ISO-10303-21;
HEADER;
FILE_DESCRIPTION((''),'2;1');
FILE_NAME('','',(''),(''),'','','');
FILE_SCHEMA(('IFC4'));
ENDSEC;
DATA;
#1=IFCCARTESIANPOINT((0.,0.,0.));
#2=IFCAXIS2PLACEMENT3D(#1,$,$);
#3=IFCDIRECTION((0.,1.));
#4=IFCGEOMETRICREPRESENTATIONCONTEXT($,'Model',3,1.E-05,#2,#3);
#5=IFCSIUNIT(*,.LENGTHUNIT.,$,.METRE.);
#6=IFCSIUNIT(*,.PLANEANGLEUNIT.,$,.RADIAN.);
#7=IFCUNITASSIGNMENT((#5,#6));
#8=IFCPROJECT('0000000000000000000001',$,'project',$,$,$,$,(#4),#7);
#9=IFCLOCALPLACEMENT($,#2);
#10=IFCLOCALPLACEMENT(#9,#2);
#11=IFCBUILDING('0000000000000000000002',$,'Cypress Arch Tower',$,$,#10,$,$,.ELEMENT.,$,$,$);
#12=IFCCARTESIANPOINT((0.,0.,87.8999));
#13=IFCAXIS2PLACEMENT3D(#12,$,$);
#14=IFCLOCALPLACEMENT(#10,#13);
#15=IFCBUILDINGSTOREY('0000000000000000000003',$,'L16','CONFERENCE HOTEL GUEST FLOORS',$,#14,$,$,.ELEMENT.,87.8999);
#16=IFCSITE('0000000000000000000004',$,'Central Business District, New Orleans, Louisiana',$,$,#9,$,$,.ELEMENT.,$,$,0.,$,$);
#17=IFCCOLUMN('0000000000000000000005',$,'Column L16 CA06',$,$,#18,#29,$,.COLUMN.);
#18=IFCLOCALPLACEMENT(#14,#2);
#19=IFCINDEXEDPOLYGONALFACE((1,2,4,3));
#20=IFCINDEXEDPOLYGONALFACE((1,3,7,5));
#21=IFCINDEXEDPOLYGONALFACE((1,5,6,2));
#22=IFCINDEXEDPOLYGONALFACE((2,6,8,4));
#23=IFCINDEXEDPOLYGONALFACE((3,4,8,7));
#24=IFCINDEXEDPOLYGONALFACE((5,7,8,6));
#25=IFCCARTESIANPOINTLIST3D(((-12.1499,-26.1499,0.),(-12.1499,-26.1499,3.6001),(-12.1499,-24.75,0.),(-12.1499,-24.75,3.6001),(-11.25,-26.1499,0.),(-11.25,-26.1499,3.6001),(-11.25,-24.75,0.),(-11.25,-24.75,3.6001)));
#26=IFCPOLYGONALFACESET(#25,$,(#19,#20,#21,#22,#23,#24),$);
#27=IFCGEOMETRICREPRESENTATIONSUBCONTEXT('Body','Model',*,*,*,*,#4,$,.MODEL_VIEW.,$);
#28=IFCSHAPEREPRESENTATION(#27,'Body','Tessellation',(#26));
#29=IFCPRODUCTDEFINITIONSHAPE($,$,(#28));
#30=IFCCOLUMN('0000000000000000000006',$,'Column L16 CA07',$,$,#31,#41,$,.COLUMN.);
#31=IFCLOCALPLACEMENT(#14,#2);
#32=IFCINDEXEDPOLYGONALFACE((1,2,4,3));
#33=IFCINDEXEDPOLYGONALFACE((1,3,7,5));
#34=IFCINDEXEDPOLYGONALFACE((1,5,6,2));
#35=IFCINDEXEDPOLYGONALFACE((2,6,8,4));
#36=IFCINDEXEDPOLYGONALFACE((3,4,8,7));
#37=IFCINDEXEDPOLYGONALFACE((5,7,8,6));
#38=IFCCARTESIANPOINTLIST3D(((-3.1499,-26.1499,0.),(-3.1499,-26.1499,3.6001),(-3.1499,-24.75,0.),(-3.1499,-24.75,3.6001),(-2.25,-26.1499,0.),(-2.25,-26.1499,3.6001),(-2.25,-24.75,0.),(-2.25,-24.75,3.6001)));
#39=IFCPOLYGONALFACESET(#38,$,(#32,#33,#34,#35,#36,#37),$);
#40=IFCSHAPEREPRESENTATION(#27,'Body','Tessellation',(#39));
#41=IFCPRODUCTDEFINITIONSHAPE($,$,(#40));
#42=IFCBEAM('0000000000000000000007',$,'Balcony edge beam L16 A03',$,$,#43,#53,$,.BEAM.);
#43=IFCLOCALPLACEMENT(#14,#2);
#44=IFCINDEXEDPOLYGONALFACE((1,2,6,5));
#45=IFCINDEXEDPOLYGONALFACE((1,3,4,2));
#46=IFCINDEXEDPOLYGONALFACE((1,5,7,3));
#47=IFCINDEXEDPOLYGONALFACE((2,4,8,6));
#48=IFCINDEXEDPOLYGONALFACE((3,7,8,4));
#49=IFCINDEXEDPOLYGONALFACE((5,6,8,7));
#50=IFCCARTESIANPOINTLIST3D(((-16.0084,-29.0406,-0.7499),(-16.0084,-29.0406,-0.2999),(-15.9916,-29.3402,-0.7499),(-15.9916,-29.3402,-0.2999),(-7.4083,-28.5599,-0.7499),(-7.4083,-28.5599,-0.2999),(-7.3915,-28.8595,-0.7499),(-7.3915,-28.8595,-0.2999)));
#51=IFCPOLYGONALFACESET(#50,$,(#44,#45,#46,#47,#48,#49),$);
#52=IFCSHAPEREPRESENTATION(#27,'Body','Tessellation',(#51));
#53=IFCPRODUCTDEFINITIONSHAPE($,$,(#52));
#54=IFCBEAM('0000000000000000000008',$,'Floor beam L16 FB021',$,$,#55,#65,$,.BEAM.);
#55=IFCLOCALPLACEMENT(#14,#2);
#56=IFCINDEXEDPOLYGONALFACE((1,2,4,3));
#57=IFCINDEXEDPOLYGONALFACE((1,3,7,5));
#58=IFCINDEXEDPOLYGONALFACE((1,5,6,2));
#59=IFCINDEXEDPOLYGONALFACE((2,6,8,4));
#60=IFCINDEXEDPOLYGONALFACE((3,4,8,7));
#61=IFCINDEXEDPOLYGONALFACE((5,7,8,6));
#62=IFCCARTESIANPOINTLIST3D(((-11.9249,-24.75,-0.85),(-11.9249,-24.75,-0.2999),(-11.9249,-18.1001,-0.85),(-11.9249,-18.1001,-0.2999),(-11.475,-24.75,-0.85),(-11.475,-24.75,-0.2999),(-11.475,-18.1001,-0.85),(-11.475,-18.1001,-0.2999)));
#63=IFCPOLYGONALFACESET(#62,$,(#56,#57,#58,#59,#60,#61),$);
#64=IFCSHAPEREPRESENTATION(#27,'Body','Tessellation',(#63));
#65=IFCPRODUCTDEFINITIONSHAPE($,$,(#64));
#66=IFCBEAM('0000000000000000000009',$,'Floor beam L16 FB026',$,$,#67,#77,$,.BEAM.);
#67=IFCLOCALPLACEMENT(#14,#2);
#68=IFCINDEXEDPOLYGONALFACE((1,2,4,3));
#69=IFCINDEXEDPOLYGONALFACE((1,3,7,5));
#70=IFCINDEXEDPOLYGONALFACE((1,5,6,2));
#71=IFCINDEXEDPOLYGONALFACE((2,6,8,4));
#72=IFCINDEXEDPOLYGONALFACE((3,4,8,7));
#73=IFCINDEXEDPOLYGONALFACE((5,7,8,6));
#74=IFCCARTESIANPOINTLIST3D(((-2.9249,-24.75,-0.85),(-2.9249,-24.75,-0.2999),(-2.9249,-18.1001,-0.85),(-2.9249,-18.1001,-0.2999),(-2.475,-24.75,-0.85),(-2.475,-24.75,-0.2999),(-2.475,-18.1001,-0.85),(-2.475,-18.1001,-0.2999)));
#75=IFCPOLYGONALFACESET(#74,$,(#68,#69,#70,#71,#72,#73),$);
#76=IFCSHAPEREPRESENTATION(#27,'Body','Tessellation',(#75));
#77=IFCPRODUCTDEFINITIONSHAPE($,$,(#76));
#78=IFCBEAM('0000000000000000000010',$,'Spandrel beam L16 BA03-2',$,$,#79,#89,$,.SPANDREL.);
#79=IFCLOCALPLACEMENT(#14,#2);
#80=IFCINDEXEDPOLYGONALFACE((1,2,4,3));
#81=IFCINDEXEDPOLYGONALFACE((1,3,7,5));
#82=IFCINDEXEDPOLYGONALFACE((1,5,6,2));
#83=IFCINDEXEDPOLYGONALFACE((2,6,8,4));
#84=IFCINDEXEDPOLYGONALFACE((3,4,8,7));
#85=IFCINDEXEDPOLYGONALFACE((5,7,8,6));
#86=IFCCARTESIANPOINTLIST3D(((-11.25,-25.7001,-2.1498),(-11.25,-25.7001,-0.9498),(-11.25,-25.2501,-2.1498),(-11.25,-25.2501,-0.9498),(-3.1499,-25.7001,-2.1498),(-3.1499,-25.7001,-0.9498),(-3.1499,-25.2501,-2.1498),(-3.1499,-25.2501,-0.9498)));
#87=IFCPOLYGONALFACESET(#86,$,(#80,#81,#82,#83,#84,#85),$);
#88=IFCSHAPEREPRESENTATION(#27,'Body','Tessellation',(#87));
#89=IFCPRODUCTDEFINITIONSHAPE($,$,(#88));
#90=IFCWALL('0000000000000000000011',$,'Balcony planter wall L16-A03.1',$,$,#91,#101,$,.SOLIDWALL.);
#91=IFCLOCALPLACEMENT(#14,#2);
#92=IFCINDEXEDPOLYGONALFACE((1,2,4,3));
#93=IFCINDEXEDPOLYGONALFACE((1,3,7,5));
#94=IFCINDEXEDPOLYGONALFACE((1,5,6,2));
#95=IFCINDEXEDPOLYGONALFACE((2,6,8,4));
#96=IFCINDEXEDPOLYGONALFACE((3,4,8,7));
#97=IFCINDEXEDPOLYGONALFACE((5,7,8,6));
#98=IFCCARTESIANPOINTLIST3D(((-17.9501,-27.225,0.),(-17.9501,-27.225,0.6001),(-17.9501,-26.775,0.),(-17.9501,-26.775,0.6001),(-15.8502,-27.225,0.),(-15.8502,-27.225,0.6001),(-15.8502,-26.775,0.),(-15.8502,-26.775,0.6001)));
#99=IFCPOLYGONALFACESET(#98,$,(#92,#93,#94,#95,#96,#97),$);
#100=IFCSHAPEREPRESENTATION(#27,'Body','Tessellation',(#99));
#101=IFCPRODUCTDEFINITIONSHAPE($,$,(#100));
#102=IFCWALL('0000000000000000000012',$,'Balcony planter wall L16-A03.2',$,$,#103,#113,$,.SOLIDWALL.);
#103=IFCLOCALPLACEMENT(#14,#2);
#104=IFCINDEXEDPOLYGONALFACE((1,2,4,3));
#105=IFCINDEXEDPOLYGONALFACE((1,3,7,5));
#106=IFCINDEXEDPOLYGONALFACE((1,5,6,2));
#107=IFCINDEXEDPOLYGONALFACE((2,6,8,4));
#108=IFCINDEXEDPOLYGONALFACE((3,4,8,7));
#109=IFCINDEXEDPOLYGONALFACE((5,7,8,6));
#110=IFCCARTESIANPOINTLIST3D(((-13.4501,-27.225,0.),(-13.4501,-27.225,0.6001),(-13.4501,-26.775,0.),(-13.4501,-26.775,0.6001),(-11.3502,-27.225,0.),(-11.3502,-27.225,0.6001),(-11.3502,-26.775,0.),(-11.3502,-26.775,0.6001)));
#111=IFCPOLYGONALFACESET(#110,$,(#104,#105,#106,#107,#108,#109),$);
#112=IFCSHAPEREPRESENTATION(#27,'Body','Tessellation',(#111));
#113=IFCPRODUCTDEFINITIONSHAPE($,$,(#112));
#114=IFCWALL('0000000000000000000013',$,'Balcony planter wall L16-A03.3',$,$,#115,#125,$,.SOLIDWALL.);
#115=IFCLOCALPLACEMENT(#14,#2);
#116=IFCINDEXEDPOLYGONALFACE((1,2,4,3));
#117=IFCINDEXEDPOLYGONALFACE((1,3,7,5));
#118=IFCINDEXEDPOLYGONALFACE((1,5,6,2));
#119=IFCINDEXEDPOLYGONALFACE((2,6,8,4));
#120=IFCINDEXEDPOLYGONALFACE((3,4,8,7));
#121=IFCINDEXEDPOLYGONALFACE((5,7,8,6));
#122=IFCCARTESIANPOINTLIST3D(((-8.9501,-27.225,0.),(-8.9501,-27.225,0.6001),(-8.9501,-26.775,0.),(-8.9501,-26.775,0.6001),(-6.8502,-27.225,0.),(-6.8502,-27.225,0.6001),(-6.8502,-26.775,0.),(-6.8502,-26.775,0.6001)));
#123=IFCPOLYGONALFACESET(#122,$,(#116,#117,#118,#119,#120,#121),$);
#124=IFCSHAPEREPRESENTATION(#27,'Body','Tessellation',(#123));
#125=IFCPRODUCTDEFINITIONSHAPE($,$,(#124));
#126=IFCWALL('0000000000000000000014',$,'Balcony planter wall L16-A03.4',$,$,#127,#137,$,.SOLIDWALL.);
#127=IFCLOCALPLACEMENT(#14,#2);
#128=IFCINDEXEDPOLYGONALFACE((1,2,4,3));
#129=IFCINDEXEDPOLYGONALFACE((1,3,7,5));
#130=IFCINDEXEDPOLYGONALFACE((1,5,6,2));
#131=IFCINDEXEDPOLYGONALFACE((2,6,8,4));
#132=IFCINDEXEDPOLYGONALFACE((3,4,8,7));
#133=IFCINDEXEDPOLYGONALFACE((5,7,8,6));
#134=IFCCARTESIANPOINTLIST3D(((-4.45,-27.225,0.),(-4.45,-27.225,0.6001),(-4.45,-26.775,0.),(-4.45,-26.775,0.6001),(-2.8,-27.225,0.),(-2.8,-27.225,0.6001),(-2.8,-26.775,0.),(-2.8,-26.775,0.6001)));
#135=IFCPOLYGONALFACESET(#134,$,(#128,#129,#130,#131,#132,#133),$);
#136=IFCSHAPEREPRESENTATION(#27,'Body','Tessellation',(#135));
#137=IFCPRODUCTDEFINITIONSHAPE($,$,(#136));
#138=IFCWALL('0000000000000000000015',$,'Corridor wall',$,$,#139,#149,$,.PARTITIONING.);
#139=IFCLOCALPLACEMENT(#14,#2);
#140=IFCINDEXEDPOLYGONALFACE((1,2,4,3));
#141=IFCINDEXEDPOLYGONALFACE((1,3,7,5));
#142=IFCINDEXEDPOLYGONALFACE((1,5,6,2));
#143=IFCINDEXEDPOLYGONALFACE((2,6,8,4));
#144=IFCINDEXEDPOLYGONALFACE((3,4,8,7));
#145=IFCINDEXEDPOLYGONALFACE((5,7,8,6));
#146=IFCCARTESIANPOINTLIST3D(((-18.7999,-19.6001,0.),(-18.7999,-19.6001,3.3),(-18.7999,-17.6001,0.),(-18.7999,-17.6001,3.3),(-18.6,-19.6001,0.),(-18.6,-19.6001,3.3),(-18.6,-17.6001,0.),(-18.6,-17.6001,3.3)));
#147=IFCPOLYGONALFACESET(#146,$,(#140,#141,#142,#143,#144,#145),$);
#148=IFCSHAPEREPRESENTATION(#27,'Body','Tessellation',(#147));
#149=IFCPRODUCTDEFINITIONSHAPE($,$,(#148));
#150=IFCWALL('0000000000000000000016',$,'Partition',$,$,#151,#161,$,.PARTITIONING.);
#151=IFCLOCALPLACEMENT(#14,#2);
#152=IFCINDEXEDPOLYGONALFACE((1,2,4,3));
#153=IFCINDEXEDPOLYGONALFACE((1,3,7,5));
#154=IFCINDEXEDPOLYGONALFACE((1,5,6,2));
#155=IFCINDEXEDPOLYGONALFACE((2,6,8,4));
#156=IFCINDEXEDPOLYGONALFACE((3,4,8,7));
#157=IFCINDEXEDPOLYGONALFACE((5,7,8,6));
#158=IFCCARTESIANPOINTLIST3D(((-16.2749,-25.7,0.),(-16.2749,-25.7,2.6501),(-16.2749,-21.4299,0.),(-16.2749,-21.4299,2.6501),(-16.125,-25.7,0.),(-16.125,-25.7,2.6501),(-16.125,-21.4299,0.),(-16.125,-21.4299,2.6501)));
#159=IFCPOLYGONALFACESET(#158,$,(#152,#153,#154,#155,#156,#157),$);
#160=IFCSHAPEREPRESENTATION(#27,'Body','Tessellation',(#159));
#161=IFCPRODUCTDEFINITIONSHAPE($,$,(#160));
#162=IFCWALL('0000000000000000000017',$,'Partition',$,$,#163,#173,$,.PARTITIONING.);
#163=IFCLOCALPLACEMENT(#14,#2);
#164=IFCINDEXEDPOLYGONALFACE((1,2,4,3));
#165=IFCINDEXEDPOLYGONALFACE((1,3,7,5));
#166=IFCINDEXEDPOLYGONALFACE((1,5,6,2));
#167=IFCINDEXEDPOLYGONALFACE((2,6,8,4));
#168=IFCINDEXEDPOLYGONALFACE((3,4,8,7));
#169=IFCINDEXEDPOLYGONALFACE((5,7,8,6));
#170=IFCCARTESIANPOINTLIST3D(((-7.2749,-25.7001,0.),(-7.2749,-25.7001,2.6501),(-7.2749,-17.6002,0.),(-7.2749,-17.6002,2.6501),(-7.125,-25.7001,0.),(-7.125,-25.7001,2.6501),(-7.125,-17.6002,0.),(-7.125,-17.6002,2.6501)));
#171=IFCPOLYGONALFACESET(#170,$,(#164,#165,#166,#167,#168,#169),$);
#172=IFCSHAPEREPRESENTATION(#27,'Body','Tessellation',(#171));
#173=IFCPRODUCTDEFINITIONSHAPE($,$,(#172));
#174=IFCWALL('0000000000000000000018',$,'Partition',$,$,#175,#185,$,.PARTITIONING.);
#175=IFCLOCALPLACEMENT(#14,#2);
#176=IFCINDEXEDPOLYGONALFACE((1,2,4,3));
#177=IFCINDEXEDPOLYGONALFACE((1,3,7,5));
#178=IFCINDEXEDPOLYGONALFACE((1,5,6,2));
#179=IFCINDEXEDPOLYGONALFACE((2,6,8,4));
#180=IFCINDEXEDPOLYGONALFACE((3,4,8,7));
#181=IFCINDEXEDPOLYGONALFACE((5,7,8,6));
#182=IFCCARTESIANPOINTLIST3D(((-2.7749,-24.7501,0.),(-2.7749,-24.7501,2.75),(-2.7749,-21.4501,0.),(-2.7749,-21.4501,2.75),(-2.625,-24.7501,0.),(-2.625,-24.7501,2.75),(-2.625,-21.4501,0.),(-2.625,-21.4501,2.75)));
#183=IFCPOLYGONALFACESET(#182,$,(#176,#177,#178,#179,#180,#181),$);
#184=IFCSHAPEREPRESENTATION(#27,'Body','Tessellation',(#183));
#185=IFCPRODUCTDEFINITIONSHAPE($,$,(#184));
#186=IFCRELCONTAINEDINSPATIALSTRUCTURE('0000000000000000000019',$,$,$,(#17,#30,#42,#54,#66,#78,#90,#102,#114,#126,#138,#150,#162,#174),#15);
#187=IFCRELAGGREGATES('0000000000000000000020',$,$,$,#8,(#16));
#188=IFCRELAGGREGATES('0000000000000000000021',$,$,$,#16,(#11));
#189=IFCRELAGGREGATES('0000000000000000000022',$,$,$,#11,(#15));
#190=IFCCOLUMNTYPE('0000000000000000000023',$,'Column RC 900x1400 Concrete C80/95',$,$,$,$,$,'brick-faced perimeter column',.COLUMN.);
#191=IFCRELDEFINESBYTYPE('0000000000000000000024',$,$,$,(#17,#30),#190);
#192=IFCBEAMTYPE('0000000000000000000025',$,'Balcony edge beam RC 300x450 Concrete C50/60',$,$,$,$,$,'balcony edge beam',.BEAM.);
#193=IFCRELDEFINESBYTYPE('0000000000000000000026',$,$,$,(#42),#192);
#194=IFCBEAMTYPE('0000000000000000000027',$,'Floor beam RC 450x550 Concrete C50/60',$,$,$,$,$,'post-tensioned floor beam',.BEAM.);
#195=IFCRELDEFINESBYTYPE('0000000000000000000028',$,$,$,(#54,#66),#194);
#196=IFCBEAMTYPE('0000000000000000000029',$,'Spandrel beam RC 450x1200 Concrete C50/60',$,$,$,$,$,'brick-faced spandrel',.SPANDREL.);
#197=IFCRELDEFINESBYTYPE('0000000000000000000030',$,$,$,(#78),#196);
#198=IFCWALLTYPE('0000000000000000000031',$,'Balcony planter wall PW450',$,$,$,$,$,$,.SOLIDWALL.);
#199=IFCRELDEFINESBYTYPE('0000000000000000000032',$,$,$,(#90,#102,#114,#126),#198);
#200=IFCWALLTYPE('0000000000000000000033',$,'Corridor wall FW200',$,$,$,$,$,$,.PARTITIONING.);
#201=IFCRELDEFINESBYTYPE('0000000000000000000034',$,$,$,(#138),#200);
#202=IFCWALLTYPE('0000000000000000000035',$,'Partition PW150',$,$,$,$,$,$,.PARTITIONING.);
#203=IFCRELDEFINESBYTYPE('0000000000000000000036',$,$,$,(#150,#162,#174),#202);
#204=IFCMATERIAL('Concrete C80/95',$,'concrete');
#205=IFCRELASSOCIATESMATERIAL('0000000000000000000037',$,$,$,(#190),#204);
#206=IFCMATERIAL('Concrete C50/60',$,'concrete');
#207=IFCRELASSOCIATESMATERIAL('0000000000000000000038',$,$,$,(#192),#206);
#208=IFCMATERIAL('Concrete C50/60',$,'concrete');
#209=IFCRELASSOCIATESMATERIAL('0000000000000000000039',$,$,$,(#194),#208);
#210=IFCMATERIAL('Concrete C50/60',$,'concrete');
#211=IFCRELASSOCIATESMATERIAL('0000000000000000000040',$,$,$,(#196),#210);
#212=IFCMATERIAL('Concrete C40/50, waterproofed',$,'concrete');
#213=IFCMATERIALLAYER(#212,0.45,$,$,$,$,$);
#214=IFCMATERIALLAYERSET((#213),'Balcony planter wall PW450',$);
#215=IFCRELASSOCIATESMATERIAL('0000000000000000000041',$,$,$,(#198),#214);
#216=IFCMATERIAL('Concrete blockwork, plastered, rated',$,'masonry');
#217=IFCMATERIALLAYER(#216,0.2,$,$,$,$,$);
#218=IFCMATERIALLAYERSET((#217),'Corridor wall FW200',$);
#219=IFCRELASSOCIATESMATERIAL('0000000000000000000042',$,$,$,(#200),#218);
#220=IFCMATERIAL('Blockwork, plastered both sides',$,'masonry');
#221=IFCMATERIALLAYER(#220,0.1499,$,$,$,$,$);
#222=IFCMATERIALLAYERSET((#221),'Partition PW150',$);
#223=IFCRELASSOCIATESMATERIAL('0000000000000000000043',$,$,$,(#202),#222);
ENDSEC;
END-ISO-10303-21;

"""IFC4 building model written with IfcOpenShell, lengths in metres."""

from ifc_helpers import new_model, si_unit, direction, frame, frame_2d, origin, origin_2d, place, context, subcontext, project, spatial, rectangle, extrude, material, layer, layer_set, material_profile, profile_set, type_object, element, save


model = new_model("IFC4")

# Units and contexts
model_context = context("Model", 3, precision=1e-05, world=origin(), true_north=direction((0.0, 1.0)))
body_context = subcontext(model_context, "Body", "Model", "MODEL_VIEW")
ifc_project = project(units=[si_unit("LENGTHUNIT", "METRE"), si_unit("PLANEANGLEUNIT", "RADIAN")], contexts=[model_context])

# Site, building, storey
site_placement = place(None, origin())
site = spatial("IfcSite", under=ifc_project, at=site_placement, Name="Central Business District, New Orleans, Louisiana", CompositionType="ELEMENT", RefElevation=0.0)
building_placement = place(site_placement, origin())
building = spatial("IfcBuilding", under=site, at=building_placement, Name="Cypress Arch Tower", CompositionType="ELEMENT")
storey_placement = place(building_placement, frame((0.0, 0.0, 87.8999)))
storey = spatial("IfcBuildingStorey", under=building, at=storey_placement, Name="L16", Description="CONFERENCE HOTEL GUEST FLOORS", CompositionType="ELEMENT", Elevation=87.8999)

# Columns
ifc_material_1 = material(Name="Concrete C80/95", Category="concrete")
ifc_material_profile_1 = material_profile(ifc_material_1, rectangle(XDim=0.8999, YDim=1.3999, at=origin_2d()), Name="RC 900x1400")
ifc_profile_set_1 = profile_set([ifc_material_profile_1], Name="Concrete C80/95")
column_type = type_object("IfcColumnType", Name="Column RC 900x1400 Concrete C80/95", ElementType="brick-faced perimeter column", PredefinedType="COLUMN", material=ifc_profile_set_1)
for number, where, z_axis, x_axis, name in (
    (1, (-11.7, -25.45, 0.0), (0.0, 0.0, 1.0), (1.0, 0.0, 0.0), "Column L16 CA06"),
    (2, (-2.7, -25.45, 0.0), (0.0, 0.0, 1.0), (1.0, 0.0, 0.0), "Column L16 CA07"),
):
    element("IfcColumn", number, at=place(storey_placement, frame(where, z_axis=z_axis, x_axis=x_axis)), inside=storey, type_object=column_type, Name=name, PredefinedType="COLUMN", context=body_context, shape_type="SweptSolid", body=[
        extrude(rectangle(XDim=0.8999, YDim=1.3999, at=origin_2d()), origin(), (0.0, 0.0, 1.0), 3.6001),
    ])

# Beams
ifc_material_2 = material(Name="Concrete C50/60", Category="concrete")
ifc_material_profile_2 = material_profile(ifc_material_2, rectangle(XDim=0.3, YDim=0.45, at=origin_2d()), Name="RC 300x450")
ifc_profile_set_2 = profile_set([ifc_material_profile_2], Name="Concrete C50/60")
beam_type_1 = type_object("IfcBeamType", Name="Balcony edge beam RC 300x450 Concrete C50/60", ElementType="balcony edge beam", PredefinedType="BEAM", material=ifc_profile_set_2)
beam_1_placement = place(storey_placement, frame((-16.0, -29.1904, -0.5249), z_axis=(0.998441, 0.055809, 0.0), x_axis=(-0.055809, 0.998441, 0.0)))
element("IfcBeam", 3, at=beam_1_placement, inside=storey, type_object=beam_type_1, Name="Balcony edge beam L16 A03", PredefinedType="BEAM", context=body_context, shape_type="SweptSolid", body=[
    extrude(rectangle(XDim=0.3, YDim=0.45, at=origin_2d()), origin(), (0.0, 0.0, 1.0), 8.6135),
])
ifc_material_3 = material(Name="Concrete C50/60", Category="concrete")
ifc_material_profile_3 = material_profile(ifc_material_3, rectangle(XDim=0.45, YDim=0.55, at=origin_2d()), Name="RC 450x550")
ifc_profile_set_3 = profile_set([ifc_material_profile_3], Name="Concrete C50/60")
beam_type_2 = type_object("IfcBeamType", Name="Floor beam RC 450x550 Concrete C50/60", ElementType="post-tensioned floor beam", PredefinedType="BEAM", material=ifc_profile_set_3)
for number, where, z_axis, x_axis, name in (
    (4, (-11.7, -24.75, -0.575), (0.0, 1.0, 0.0), (-1.0, 0.0, 0.0), "Floor beam L16 FB021"),
    (5, (-2.7, -24.75, -0.575), (0.0, 1.0, 0.0), (-1.0, 0.0, 0.0), "Floor beam L16 FB026"),
):
    element("IfcBeam", number, at=place(storey_placement, frame(where, z_axis=z_axis, x_axis=x_axis)), inside=storey, type_object=beam_type_2, Name=name, PredefinedType="BEAM", context=body_context, shape_type="SweptSolid", body=[
        extrude(rectangle(XDim=0.45, YDim=0.55, at=origin_2d()), origin(), (0.0, 0.0, 1.0), 6.6499),
    ])
ifc_material_4 = material(Name="Concrete C50/60", Category="concrete")
ifc_material_profile_4 = material_profile(ifc_material_4, rectangle(XDim=0.45, YDim=1.2, at=origin_2d()), Name="RC 450x1200")
ifc_profile_set_4 = profile_set([ifc_material_profile_4], Name="Concrete C50/60")
beam_type_3 = type_object("IfcBeamType", Name="Spandrel beam RC 450x1200 Concrete C50/60", ElementType="brick-faced spandrel", PredefinedType="SPANDREL", material=ifc_profile_set_4)
beam_2_placement = place(storey_placement, frame((-11.25, -25.4751, -1.5498), z_axis=(1.0, 0.0, 0.0), x_axis=(0.0, 1.0, 0.0)))
element("IfcBeam", 6, at=beam_2_placement, inside=storey, type_object=beam_type_3, Name="Spandrel beam L16 BA03-2", PredefinedType="SPANDREL", context=body_context, shape_type="SweptSolid", body=[
    extrude(rectangle(XDim=0.45, YDim=1.2, at=origin_2d()), origin(), (0.0, 0.0, 1.0), 8.1001),
])

# Walls
ifc_material_5 = material(Name="Concrete C40/50, waterproofed", Category="concrete")
ifc_layer_1 = layer(ifc_material_5, 0.45)
ifc_layer_set_1 = layer_set([ifc_layer_1], Name="Balcony planter wall PW450")
wall_type_1 = type_object("IfcWallType", Name="Balcony planter wall PW450", PredefinedType="SOLIDWALL", material=ifc_layer_set_1)
for number, where, z_axis, x_axis, name in (
    (7, (-17.95, -27.0, 0.0), (0.0, 0.0, 1.0), (1.0, 0.0, 0.0), "Balcony planter wall L16-A03.1"),
    (8, (-13.45, -27.0, 0.0), (0.0, 0.0, 1.0), (1.0, 0.0, 0.0), "Balcony planter wall L16-A03.2"),
    (9, (-8.95, -27.0, 0.0), (0.0, 0.0, 1.0), (1.0, 0.0, 0.0), "Balcony planter wall L16-A03.3"),
):
    element("IfcWall", number, at=place(storey_placement, frame(where, z_axis=z_axis, x_axis=x_axis)), inside=storey, type_object=wall_type_1, Name=name, PredefinedType="SOLIDWALL", context=body_context, shape_type="SweptSolid", body=[
        extrude(rectangle(XDim=2.0999, YDim=0.45, at=frame_2d((1.0498, 0.0))), origin(), (0.0, 0.0, 1.0), 0.6001),
    ])
wall_1_placement = place(storey_placement, frame((-4.45, -27.0, 0.0), z_axis=(0.0, 0.0, 1.0), x_axis=(1.0, 0.0, 0.0)))
element("IfcWall", 10, at=wall_1_placement, inside=storey, type_object=wall_type_1, Name="Balcony planter wall L16-A03.4", PredefinedType="SOLIDWALL", context=body_context, shape_type="SweptSolid", body=[
    extrude(rectangle(XDim=1.6499, YDim=0.45, at=frame_2d((0.825, 0.0))), origin(), (0.0, 0.0, 1.0), 0.6001),
])

# Walls
ifc_material_6 = material(Name="Concrete blockwork, plastered, rated", Category="masonry")
ifc_layer_2 = layer(ifc_material_6, 0.2)
ifc_layer_set_2 = layer_set([ifc_layer_2], Name="Corridor wall FW200")
wall_type_2 = type_object("IfcWallType", Name="Corridor wall FW200", PredefinedType="PARTITIONING", material=ifc_layer_set_2)
wall_2_placement = place(storey_placement, frame((-18.7, -19.6001, 0.0), z_axis=(0.0, 0.0, 1.0), x_axis=(0.0, 1.0, 0.0)))
element("IfcWall", 11, at=wall_2_placement, inside=storey, type_object=wall_type_2, Name="Corridor wall", PredefinedType="PARTITIONING", context=body_context, shape_type="SweptSolid", body=[
    extrude(rectangle(XDim=2.0, YDim=0.2, at=frame_2d((1.0, 0.0))), origin(), (0.0, 0.0, 1.0), 3.3),
])
ifc_material_7 = material(Name="Blockwork, plastered both sides", Category="masonry")
ifc_layer_3 = layer(ifc_material_7, 0.1499)
ifc_layer_set_3 = layer_set([ifc_layer_3], Name="Partition PW150")
wall_type_3 = type_object("IfcWallType", Name="Partition PW150", PredefinedType="PARTITIONING", material=ifc_layer_set_3)
wall_3_placement = place(storey_placement, frame((-16.2, -25.7, 0.0), z_axis=(0.0, 0.0, 1.0), x_axis=(0.0, 1.0, 0.0)))
element("IfcWall", 12, at=wall_3_placement, inside=storey, type_object=wall_type_3, Name="Partition", PredefinedType="PARTITIONING", context=body_context, shape_type="SweptSolid", body=[
    extrude(rectangle(XDim=4.27, YDim=0.1499, at=frame_2d((2.135, 0.0))), origin(), (0.0, 0.0, 1.0), 2.6501),
])
wall_4_placement = place(storey_placement, frame((-7.2, -25.7, 0.0), z_axis=(0.0, 0.0, 1.0), x_axis=(0.0, 1.0, 0.0)))
element("IfcWall", 13, at=wall_4_placement, inside=storey, type_object=wall_type_3, Name="Partition", PredefinedType="PARTITIONING", context=body_context, shape_type="SweptSolid", body=[
    extrude(rectangle(XDim=8.0999, YDim=0.1499, at=frame_2d((4.0498, 0.0))), origin(), (0.0, 0.0, 1.0), 2.6501),
])
wall_5_placement = place(storey_placement, frame((-2.7, -24.75, 0.0), z_axis=(0.0, 0.0, 1.0), x_axis=(0.0, 1.0, 0.0)))
element("IfcWall", 14, at=wall_5_placement, inside=storey, type_object=wall_type_3, Name="Partition", PredefinedType="PARTITIONING", context=body_context, shape_type="SweptSolid", body=[
    extrude(rectangle(XDim=3.3, YDim=0.1499, at=frame_2d((1.6499, 0.0))), origin(), (0.0, 0.0, 1.0), 2.75),
])

save(model, "model.ifc")
